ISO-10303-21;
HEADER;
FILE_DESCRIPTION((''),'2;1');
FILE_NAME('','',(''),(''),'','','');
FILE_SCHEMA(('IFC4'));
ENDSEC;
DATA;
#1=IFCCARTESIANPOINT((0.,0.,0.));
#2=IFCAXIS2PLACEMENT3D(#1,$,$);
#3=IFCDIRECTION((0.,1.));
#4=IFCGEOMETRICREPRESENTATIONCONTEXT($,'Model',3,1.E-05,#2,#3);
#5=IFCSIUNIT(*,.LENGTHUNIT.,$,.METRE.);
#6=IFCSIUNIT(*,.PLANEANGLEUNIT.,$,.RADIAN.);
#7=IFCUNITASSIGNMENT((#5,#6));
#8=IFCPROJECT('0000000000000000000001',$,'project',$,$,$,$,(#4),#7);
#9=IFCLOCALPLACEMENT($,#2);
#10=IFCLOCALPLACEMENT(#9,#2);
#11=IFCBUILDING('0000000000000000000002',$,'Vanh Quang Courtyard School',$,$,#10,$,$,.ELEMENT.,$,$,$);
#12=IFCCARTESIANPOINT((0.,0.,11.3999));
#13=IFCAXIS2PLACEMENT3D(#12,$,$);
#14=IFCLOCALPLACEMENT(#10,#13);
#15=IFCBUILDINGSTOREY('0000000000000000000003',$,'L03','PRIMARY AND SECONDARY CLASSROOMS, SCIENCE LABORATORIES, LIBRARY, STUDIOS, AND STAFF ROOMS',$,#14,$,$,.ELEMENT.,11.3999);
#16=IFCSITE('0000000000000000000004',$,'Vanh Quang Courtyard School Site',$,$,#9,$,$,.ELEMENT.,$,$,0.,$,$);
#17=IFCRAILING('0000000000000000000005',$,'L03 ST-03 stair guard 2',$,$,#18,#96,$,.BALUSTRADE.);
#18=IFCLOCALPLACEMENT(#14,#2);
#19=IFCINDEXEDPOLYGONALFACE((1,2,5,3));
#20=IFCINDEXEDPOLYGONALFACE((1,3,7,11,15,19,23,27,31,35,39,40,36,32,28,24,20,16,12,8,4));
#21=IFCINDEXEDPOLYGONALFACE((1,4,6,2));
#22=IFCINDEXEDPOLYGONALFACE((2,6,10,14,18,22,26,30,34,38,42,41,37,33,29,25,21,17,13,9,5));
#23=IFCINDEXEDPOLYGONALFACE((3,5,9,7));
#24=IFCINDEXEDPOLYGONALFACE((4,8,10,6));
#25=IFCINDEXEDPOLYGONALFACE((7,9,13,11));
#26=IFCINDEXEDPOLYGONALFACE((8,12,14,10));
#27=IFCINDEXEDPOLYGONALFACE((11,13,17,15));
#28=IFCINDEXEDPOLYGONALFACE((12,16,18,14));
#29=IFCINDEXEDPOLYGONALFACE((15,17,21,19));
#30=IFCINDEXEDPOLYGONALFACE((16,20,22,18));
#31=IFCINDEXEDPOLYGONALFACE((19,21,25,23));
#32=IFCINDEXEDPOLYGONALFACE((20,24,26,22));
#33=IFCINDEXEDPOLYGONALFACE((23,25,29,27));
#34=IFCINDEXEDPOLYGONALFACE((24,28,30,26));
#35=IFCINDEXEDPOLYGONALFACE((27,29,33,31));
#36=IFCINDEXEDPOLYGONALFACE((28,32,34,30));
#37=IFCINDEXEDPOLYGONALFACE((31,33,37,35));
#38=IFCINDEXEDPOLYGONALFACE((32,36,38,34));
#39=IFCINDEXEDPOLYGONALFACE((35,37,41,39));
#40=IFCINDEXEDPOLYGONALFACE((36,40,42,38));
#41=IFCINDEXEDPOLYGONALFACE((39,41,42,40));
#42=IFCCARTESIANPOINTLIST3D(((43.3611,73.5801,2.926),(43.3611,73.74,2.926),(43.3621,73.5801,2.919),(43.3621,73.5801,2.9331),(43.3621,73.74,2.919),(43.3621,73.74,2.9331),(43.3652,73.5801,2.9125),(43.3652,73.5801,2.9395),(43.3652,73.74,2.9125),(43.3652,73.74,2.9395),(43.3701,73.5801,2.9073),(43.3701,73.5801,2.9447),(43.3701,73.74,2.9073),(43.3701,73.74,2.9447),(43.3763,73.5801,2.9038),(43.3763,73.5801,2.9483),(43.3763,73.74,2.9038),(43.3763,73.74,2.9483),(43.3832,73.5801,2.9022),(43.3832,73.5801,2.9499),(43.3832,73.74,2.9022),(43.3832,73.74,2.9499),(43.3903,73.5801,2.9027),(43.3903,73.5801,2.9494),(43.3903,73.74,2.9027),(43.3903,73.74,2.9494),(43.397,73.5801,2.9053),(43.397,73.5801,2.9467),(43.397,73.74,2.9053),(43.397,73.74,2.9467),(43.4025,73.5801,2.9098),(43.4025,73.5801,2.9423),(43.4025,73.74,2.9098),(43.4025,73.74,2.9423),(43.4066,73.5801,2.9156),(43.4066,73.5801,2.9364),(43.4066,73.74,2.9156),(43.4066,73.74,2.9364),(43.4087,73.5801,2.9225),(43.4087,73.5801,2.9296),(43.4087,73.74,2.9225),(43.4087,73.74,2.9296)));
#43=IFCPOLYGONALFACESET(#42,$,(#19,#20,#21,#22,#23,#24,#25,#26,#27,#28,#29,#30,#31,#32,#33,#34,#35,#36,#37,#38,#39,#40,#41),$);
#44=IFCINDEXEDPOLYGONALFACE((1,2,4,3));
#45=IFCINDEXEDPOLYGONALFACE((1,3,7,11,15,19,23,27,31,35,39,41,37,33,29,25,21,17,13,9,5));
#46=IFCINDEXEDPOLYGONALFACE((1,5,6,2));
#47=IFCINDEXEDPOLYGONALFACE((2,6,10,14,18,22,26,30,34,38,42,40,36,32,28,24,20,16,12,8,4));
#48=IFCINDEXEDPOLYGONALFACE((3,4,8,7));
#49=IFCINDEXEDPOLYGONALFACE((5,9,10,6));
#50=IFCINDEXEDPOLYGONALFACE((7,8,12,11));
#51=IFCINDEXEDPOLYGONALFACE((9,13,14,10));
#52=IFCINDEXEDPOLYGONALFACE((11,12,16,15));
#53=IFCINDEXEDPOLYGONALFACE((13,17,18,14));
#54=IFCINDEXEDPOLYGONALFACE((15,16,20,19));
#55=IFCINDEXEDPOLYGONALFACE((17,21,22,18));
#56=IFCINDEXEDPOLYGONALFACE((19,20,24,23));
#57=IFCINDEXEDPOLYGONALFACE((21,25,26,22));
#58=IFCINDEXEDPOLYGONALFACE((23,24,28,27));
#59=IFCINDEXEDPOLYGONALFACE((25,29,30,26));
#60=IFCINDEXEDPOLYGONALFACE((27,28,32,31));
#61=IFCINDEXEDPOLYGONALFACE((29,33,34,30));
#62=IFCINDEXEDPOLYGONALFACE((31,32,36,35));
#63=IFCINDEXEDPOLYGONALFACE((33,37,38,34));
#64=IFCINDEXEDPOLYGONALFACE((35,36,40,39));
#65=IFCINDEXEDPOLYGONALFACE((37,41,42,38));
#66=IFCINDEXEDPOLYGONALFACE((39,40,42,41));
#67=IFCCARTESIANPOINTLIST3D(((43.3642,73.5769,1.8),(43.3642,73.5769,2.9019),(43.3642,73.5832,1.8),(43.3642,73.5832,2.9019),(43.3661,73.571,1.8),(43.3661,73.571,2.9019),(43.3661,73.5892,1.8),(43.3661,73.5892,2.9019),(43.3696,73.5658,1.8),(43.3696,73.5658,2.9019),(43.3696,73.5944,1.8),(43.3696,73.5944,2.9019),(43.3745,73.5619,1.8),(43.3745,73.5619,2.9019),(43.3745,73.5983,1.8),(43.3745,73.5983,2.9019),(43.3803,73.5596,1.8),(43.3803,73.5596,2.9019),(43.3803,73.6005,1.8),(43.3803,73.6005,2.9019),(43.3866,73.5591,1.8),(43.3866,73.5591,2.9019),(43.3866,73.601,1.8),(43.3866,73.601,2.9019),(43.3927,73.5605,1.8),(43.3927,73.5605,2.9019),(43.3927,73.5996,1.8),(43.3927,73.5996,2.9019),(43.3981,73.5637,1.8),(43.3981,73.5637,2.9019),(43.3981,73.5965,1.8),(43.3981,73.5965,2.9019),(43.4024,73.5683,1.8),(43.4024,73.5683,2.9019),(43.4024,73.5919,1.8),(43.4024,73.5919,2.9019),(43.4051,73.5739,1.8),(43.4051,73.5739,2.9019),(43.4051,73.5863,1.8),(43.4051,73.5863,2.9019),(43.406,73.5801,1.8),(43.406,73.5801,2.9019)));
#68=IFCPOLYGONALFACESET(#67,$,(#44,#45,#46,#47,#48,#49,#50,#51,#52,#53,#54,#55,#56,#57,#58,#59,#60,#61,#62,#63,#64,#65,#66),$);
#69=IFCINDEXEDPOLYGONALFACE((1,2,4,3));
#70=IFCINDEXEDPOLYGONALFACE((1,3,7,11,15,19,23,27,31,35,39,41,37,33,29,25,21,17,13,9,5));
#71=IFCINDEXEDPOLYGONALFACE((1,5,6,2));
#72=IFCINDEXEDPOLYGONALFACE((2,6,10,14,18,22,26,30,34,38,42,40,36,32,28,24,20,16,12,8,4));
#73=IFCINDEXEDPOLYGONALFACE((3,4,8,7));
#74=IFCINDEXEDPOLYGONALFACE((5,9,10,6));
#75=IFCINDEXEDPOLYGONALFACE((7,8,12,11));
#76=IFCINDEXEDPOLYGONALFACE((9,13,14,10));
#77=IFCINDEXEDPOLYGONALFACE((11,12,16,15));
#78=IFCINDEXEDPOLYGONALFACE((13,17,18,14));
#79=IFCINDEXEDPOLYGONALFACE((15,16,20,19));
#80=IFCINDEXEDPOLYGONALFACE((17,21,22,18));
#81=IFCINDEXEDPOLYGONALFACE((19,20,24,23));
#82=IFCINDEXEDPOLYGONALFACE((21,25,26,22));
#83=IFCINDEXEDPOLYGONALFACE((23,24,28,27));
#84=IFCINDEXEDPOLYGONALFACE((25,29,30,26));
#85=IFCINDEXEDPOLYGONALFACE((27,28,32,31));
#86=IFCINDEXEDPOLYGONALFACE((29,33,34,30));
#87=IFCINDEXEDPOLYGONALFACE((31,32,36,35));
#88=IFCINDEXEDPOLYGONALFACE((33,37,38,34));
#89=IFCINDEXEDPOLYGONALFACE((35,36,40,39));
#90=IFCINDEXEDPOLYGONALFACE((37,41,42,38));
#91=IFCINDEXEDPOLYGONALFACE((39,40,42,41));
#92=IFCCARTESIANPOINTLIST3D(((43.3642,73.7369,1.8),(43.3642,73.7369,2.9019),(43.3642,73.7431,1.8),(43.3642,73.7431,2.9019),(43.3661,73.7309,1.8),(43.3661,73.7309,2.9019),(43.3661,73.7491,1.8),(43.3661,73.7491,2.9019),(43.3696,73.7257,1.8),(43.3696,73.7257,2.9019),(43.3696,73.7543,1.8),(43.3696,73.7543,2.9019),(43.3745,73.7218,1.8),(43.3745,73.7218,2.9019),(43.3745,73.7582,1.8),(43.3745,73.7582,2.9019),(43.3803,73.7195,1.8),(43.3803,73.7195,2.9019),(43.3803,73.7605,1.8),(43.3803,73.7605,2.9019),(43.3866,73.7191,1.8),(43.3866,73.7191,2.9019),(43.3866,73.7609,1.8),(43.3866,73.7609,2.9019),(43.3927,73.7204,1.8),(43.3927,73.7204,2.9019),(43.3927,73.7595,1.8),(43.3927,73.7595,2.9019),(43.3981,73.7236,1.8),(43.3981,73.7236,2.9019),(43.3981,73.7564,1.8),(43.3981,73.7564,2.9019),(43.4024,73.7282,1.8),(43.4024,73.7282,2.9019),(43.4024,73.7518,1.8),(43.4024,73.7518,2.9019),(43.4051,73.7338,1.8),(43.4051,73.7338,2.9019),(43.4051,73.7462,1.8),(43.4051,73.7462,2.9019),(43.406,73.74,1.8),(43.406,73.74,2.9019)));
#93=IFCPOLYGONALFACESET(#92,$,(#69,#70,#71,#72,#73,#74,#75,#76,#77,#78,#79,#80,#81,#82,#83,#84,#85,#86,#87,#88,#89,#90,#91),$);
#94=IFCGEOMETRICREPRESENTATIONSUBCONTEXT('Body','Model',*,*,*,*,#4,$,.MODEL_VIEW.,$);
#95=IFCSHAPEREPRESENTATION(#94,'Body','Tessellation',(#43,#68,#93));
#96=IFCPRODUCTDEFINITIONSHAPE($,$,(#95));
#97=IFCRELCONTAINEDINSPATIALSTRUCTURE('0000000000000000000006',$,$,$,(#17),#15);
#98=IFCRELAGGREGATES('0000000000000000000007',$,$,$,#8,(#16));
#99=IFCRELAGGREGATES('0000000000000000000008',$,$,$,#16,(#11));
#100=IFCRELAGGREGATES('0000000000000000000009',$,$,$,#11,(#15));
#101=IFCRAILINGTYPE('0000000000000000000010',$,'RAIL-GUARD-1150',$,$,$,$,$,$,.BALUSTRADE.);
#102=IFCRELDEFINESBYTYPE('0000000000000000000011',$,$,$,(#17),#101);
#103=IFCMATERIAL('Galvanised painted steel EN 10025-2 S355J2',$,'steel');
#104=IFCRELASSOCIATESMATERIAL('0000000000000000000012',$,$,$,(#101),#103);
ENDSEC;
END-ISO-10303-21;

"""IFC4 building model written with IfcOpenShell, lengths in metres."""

from ifc_helpers import new_model, si_unit, direction, frame, origin, origin_2d, place, context, subcontext, project, spatial, circle, extrude, material, type_object, element, save


model = new_model("IFC4")

# Units and contexts
model_context = context("Model", 3, precision=1e-05, world=origin(), true_north=direction((0.0, 1.0)))
body_context = subcontext(model_context, "Body", "Model", "MODEL_VIEW")
ifc_project = project(units=[si_unit("LENGTHUNIT", "METRE"), si_unit("PLANEANGLEUNIT", "RADIAN")], contexts=[model_context])

# Site, building, storey
site_placement = place(None, origin())
site = spatial("IfcSite", under=ifc_project, at=site_placement, Name="Vanh Quang Courtyard School Site", CompositionType="ELEMENT", RefElevation=0.0)
building_placement = place(site_placement, origin())
building = spatial("IfcBuilding", under=site, at=building_placement, Name="Vanh Quang Courtyard School", CompositionType="ELEMENT")
storey_placement = place(building_placement, frame((0.0, 0.0, 11.3999)))
storey = spatial("IfcBuildingStorey", under=building, at=storey_placement, Name="L03", Description="PRIMARY AND SECONDARY CLASSROOMS, SCIENCE LABORATORIES, LIBRARY, STUDIOS, AND STAFF ROOMS", CompositionType="ELEMENT", Elevation=11.3999)

# Railing
ifc_material_1 = material(Name="Galvanised painted steel EN 10025-2 S355J2", Category="steel")
railing_type = type_object("IfcRailingType", Name="RAIL-GUARD-1150", PredefinedType="BALUSTRADE", material=ifc_material_1)
railing_placement = place(storey_placement, frame((43.385, 73.5801, 1.8)))
element("IfcRailing", 1, at=railing_placement, inside=storey, type_object=railing_type, Name="L03 ST-03 stair guard 2", PredefinedType="BALUSTRADE", context=body_context, shape_type="SweptSolid", body=[
    extrude(circle(Radius=0.0239, at=origin_2d()), frame((0.0, 0.0, 1.126), z_axis=(0.0, 1.0, 0.0), x_axis=(-1.0, 0.0, 0.0)), (0.0, 0.0, 1.0), 0.1599),
    extrude(circle(Radius=0.021, at=origin_2d()), origin(), (0.0, 0.0, 1.0), 1.1018),
    extrude(circle(Radius=0.021, at=origin_2d()), frame((0.0, 0.1599, 0.0)), (0.0, 0.0, 1.0), 1.1018),
])

save(model, "model.ifc")
